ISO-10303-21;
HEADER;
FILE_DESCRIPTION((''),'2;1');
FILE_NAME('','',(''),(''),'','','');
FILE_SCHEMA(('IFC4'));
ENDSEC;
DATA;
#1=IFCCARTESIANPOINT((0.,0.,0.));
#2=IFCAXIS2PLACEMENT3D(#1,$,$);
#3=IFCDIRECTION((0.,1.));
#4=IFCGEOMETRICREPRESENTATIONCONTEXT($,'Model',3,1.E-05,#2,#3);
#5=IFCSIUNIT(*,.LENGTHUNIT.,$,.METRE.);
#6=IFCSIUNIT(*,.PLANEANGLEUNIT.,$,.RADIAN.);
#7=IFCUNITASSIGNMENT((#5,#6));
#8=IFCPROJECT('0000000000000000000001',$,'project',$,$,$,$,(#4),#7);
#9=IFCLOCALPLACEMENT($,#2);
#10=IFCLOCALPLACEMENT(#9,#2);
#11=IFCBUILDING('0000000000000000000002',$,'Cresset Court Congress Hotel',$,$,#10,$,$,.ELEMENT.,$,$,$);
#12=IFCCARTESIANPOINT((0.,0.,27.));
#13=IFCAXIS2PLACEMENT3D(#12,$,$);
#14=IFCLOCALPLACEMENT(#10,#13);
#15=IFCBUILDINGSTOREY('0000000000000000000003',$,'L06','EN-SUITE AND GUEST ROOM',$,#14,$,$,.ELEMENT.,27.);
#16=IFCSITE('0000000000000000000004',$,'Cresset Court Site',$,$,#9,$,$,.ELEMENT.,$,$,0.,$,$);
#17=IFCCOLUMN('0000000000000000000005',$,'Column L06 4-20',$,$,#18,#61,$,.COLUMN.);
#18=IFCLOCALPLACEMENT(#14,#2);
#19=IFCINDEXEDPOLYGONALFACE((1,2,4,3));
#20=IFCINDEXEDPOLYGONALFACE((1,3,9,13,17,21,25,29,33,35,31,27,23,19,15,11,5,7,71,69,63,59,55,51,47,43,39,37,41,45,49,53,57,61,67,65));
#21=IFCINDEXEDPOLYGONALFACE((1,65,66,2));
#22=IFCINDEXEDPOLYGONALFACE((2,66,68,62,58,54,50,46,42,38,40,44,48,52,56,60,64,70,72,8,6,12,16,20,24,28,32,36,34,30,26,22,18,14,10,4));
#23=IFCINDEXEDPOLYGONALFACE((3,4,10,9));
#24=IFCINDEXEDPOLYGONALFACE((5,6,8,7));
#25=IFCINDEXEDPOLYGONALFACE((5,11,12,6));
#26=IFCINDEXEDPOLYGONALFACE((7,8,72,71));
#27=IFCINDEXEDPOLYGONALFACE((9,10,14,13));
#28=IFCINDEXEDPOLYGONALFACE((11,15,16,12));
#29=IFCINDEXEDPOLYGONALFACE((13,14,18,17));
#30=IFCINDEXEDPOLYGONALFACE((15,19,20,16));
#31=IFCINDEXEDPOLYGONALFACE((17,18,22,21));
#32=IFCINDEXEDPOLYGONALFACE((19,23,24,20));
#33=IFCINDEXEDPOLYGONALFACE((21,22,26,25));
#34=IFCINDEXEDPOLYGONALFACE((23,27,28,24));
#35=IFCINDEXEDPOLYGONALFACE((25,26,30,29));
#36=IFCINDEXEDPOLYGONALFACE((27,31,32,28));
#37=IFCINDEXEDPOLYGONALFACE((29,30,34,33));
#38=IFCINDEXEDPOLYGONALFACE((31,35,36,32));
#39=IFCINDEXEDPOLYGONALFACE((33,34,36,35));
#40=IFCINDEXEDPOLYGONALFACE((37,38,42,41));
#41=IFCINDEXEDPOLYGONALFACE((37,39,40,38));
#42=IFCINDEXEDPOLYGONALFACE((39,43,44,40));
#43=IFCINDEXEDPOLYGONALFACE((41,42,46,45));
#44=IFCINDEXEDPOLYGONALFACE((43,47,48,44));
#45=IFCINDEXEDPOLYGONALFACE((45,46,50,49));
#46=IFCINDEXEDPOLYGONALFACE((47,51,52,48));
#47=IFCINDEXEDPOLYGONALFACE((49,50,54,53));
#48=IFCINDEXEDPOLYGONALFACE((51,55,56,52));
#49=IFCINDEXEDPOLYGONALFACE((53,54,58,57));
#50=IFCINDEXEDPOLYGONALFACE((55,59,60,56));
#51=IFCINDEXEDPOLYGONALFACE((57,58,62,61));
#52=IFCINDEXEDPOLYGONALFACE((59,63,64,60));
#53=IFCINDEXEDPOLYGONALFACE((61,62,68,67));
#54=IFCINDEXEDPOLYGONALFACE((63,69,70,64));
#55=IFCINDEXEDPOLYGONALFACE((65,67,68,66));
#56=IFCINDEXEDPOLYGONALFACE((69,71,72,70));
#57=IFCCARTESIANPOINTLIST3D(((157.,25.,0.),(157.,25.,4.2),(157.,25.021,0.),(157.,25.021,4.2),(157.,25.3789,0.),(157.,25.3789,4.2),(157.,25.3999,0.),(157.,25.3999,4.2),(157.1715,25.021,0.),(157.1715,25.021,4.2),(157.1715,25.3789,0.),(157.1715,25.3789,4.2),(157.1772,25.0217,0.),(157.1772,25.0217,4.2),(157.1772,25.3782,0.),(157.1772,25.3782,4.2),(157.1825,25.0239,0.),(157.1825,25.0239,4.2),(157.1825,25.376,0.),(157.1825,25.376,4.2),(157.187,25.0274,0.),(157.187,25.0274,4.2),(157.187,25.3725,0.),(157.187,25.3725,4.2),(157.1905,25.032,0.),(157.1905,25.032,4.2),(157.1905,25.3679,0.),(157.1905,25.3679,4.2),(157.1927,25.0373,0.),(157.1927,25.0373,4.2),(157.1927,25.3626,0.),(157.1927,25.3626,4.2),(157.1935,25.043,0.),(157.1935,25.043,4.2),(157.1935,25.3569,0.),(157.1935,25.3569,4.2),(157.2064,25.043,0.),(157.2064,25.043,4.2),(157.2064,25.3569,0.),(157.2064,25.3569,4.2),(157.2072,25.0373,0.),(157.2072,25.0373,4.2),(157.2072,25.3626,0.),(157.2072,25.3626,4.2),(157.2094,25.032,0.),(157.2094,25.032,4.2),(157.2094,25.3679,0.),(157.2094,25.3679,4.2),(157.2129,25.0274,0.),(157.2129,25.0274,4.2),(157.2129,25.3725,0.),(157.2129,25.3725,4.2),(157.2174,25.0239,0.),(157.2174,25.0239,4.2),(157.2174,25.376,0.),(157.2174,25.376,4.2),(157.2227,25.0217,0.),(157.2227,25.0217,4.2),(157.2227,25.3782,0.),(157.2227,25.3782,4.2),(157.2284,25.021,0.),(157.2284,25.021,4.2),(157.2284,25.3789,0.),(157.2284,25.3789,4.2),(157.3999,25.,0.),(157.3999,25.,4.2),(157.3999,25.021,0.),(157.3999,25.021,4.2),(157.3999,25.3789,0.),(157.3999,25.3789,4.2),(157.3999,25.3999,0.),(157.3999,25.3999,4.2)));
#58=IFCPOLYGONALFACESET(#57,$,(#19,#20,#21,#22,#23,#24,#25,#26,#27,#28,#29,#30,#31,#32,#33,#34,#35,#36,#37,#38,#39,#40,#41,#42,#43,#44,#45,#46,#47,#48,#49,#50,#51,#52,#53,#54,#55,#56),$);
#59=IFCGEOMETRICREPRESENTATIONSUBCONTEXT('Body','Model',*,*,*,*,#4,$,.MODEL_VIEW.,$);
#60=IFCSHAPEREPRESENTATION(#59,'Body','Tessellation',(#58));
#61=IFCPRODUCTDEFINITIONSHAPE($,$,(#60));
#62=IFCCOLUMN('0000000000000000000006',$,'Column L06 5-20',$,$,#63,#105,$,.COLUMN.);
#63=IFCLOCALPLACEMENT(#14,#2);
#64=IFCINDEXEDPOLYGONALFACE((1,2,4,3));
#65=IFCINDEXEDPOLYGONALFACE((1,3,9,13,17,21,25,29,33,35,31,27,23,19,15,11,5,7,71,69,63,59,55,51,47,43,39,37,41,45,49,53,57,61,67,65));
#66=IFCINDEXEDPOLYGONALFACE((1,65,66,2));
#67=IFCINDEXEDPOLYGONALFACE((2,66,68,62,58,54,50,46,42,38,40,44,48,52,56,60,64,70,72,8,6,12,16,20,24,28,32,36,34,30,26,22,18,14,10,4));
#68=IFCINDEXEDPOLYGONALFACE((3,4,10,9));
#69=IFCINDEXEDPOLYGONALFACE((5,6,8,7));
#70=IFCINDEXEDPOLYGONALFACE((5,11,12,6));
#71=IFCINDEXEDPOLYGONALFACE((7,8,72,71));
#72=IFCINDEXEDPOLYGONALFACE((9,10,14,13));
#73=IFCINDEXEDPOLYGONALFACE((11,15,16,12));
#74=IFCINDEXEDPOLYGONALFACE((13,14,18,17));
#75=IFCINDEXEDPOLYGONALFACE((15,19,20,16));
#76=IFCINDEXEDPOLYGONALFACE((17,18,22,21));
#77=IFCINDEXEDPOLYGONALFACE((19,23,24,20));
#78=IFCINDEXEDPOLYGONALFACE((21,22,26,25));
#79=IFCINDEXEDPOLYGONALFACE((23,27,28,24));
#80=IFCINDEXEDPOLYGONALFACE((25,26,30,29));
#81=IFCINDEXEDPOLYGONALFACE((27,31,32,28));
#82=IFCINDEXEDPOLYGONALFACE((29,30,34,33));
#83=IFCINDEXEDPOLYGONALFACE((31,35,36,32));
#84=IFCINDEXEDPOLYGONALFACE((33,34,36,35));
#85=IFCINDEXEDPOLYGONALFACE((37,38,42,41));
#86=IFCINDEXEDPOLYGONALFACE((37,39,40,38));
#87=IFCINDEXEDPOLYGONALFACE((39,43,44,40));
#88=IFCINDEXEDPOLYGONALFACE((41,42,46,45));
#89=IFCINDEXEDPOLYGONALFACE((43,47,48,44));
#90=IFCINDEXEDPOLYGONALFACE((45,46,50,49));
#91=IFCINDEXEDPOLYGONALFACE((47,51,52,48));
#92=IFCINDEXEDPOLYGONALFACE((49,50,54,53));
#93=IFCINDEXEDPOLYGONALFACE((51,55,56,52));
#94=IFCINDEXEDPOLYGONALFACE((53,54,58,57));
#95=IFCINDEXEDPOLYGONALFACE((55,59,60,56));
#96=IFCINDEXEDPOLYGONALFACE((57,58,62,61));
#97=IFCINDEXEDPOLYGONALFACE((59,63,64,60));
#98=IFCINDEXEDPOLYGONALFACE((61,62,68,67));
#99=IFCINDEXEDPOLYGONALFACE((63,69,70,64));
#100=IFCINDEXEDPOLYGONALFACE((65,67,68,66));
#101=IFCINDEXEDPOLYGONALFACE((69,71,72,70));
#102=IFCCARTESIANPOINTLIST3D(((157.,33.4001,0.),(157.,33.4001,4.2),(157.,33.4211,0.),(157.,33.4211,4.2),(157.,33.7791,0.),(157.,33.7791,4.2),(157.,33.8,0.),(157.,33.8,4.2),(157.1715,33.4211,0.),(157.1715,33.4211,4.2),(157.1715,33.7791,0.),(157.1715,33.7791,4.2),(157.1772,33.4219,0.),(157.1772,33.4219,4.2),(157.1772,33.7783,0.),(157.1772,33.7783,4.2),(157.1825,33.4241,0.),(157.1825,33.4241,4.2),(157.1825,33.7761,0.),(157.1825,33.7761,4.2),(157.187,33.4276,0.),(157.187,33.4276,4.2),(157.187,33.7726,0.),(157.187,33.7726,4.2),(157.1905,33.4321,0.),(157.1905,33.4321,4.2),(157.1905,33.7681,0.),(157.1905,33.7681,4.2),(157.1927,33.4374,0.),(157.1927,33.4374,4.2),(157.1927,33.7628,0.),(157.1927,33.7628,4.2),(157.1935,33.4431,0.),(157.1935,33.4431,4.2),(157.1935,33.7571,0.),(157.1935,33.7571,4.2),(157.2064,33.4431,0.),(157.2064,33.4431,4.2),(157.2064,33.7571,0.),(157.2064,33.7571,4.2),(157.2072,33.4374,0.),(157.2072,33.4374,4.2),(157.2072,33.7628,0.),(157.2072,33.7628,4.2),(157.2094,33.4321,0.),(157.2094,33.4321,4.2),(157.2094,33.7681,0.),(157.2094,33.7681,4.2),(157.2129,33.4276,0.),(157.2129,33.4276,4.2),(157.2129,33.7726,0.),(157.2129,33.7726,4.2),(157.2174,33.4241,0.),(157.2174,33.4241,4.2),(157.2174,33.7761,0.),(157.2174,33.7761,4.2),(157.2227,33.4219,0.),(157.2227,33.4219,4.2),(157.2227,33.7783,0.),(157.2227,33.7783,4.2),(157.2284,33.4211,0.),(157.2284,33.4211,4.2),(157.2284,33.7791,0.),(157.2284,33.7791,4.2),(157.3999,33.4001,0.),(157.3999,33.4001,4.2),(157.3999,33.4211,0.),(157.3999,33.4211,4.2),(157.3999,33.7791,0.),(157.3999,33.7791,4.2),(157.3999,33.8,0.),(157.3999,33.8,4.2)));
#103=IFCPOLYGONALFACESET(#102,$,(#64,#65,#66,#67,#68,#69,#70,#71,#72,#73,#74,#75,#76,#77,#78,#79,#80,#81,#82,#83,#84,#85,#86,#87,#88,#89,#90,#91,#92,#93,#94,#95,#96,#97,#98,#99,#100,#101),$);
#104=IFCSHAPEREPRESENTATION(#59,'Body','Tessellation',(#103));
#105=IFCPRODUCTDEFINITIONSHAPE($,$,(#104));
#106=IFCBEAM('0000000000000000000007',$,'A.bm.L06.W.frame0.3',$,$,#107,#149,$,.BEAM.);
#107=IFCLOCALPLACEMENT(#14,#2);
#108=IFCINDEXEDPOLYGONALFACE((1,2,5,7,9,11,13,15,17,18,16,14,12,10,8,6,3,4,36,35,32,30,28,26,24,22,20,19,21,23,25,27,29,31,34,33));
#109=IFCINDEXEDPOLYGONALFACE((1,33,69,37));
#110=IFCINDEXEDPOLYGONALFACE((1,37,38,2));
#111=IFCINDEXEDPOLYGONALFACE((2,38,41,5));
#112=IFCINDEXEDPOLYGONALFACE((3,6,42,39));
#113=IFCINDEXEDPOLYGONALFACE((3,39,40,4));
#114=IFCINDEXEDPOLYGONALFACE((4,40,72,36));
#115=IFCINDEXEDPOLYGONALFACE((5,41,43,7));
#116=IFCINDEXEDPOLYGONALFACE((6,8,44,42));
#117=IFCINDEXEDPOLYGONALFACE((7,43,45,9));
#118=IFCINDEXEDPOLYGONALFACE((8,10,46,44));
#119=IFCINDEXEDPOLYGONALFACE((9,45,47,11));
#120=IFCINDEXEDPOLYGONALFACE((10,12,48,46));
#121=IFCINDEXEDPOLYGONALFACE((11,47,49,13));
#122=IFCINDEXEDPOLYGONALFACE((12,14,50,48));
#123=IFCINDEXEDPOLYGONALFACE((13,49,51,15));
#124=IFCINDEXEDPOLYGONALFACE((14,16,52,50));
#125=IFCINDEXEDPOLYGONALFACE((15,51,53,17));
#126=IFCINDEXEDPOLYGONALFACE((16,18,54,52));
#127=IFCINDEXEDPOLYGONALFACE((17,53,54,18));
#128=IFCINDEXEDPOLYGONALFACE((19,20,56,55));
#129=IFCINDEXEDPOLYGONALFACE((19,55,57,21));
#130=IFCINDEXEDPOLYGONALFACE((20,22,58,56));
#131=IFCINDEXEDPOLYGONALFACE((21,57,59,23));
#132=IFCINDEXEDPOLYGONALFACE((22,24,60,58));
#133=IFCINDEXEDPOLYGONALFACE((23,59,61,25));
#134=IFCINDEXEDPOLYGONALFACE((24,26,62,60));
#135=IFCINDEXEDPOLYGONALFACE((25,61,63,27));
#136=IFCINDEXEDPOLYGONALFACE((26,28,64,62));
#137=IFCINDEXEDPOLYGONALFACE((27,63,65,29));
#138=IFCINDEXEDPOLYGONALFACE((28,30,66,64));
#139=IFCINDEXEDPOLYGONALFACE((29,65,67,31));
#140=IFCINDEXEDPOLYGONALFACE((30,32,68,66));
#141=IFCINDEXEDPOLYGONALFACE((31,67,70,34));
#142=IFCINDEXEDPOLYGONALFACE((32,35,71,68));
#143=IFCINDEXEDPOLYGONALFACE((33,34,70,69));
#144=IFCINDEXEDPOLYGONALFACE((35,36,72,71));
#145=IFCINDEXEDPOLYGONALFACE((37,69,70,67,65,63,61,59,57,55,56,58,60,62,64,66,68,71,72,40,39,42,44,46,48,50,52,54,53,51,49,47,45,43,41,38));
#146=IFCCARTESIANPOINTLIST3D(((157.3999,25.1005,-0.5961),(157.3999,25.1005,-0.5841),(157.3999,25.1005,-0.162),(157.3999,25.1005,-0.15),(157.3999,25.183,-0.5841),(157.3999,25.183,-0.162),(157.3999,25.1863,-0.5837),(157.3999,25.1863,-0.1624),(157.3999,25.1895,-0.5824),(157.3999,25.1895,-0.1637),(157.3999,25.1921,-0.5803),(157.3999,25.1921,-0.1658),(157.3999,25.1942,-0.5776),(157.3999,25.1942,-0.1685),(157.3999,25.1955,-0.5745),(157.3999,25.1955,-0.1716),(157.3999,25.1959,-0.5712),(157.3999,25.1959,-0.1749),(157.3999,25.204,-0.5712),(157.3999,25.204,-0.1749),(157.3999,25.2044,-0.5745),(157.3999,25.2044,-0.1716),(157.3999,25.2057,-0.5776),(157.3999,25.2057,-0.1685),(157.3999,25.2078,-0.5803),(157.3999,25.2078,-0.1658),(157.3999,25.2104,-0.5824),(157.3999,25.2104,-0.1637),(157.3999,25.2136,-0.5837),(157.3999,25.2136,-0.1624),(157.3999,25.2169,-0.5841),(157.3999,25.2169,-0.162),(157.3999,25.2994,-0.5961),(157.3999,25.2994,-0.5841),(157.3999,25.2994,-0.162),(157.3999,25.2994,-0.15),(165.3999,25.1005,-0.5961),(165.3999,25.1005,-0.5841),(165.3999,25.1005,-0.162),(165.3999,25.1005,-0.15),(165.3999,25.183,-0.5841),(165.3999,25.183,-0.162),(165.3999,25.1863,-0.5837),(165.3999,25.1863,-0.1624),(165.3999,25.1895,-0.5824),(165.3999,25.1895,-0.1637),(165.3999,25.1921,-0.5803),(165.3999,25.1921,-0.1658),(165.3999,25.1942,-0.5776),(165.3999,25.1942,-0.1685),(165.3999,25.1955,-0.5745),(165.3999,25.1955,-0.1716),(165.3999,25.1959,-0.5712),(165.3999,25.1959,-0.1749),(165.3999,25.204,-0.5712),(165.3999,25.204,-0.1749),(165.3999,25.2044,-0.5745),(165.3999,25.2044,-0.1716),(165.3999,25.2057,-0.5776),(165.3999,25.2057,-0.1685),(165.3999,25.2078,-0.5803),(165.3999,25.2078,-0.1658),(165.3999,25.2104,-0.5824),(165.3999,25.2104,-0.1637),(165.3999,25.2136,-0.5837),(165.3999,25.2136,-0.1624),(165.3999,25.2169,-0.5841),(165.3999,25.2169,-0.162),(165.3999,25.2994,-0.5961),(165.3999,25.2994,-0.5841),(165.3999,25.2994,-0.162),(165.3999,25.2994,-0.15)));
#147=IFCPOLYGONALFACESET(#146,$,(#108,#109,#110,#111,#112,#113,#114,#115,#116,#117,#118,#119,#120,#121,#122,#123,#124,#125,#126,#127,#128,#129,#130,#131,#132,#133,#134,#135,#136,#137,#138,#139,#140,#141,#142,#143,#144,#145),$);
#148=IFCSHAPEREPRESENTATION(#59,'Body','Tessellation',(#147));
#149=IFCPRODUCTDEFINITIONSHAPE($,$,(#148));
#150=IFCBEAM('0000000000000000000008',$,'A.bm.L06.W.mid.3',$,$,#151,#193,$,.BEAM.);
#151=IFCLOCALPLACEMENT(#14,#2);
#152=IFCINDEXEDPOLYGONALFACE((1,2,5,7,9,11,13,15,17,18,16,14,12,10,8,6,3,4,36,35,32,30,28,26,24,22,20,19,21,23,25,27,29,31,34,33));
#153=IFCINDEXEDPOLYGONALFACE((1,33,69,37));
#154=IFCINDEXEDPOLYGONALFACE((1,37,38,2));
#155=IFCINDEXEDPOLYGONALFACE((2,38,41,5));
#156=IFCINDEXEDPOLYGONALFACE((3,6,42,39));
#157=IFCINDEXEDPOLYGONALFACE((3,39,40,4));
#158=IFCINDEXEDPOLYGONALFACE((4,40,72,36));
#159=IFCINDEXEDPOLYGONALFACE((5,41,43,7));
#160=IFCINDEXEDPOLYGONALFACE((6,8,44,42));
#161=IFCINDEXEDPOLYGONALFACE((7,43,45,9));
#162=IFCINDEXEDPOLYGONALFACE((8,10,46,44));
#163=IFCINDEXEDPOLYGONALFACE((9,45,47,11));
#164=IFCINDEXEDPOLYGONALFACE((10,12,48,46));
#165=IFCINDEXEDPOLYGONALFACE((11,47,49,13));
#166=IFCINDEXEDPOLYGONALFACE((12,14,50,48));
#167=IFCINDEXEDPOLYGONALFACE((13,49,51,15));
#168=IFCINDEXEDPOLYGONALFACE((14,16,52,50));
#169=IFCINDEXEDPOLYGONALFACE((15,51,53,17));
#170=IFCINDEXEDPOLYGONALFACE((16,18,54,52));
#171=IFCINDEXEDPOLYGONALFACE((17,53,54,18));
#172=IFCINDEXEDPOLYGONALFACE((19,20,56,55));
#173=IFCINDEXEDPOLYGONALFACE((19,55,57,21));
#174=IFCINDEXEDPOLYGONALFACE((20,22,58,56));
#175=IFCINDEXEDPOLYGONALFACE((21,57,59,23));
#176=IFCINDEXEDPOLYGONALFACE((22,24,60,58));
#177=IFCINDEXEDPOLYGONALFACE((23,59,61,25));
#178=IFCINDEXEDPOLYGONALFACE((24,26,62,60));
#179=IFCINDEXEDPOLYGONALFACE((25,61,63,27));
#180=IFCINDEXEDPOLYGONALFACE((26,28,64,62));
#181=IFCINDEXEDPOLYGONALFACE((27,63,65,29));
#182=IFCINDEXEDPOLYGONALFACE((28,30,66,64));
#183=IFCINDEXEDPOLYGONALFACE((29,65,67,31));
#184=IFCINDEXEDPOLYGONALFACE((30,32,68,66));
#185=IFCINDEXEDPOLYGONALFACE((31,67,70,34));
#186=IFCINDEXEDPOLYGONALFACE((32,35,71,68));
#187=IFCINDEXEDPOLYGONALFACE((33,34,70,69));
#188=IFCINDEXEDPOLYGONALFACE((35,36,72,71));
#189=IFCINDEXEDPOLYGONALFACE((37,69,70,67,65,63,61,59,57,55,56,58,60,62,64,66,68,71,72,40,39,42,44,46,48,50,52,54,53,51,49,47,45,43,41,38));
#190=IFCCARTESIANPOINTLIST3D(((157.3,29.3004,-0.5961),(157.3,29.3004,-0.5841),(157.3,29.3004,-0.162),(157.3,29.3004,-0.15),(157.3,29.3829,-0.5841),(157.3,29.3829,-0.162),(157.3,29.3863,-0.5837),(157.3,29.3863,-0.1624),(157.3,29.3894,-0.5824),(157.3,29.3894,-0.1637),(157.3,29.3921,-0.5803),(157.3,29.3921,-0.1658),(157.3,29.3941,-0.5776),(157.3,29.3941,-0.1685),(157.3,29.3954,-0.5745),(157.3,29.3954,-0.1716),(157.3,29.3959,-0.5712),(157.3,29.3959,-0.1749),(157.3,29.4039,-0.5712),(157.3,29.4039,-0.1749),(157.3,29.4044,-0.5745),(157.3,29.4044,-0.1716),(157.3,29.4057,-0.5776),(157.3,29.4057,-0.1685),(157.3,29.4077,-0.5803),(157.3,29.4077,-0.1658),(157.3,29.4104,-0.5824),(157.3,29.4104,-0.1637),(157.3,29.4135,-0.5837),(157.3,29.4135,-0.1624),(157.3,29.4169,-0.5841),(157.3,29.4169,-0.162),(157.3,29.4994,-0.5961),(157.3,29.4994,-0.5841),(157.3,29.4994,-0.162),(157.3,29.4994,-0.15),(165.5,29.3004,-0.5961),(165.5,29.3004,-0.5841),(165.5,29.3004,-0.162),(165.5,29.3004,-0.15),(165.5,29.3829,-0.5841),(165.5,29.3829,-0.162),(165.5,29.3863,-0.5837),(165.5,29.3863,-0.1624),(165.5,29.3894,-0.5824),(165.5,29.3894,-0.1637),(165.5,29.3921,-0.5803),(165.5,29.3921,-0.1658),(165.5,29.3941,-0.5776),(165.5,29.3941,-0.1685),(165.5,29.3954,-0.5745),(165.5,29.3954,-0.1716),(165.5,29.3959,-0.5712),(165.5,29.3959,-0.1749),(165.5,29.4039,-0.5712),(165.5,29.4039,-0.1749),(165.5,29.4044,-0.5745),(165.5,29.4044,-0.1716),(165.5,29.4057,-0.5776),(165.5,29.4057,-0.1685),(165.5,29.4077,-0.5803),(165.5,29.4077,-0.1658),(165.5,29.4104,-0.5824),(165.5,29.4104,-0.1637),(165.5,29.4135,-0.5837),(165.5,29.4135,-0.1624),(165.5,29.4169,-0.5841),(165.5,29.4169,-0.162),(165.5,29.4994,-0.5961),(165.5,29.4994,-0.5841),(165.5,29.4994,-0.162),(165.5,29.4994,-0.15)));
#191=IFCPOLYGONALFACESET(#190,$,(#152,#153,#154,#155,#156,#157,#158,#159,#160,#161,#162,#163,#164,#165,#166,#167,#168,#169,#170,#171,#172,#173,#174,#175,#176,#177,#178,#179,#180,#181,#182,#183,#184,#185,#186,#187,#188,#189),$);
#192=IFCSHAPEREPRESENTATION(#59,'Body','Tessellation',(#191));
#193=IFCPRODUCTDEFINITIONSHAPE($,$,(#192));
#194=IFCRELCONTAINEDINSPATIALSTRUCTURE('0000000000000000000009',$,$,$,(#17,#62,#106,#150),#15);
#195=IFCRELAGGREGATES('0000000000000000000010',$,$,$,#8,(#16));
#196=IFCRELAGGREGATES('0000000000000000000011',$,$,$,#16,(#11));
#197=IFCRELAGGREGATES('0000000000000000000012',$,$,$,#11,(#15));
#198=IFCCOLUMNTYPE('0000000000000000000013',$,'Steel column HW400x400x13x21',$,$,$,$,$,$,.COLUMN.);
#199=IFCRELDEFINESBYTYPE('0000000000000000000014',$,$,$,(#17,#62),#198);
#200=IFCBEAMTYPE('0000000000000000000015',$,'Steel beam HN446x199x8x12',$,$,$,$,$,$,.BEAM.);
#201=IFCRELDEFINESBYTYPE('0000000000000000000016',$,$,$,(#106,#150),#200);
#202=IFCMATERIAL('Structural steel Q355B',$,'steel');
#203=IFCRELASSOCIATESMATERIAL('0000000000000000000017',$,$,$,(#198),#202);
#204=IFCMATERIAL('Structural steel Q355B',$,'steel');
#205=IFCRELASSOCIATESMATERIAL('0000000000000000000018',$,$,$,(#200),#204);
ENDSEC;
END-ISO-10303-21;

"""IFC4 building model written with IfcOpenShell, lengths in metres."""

from ifc_helpers import new_model, si_unit, direction, frame, origin, origin_2d, place, context, subcontext, project, spatial, i_section, extrude, material, material_profile, profile_set, type_object, element, save


model = new_model("IFC4")

# Units and contexts
model_context = context("Model", 3, precision=1e-05, world=origin(), true_north=direction((0.0, 1.0)))
body_context = subcontext(model_context, "Body", "Model", "MODEL_VIEW")
ifc_project = project(units=[si_unit("LENGTHUNIT", "METRE"), si_unit("PLANEANGLEUNIT", "RADIAN")], contexts=[model_context])

# Site, building, storey
site_placement = place(None, origin())
site = spatial("IfcSite", under=ifc_project, at=site_placement, Name="Cresset Court Site", CompositionType="ELEMENT", RefElevation=0.0)
building_placement = place(site_placement, origin())
building = spatial("IfcBuilding", under=site, at=building_placement, Name="Cresset Court Congress Hotel", CompositionType="ELEMENT")
storey_placement = place(building_placement, frame((0.0, 0.0, 27.0)))
storey = spatial("IfcBuildingStorey", under=building, at=storey_placement, Name="L06", Description="EN-SUITE AND GUEST ROOM", CompositionType="ELEMENT", Elevation=27.0)

# Columns
ifc_material_1 = material(Name="Structural steel Q355B", Category="steel")
ifc_material_profile_1 = material_profile(ifc_material_1, i_section(OverallWidth=0.3999, OverallDepth=0.3999, WebThickness=0.0129, FlangeThickness=0.021, FilletRadius=0.022, at=origin_2d()), Name="HW400x400x13x21")
ifc_profile_set_1 = profile_set([ifc_material_profile_1], Name="Structural steel Q355B")
column_type = type_object("IfcColumnType", Name="Steel column HW400x400x13x21", PredefinedType="COLUMN", material=ifc_profile_set_1)
for number, where, z_axis, x_axis, name in (
    (1, (157.2, 25.2, 0.0), (0.0, 0.0, 1.0), (1.0, 0.0, 0.0), "Column L06 4-20"),
    (2, (157.2, 33.6001, 0.0), (0.0, 0.0, 1.0), (1.0, 0.0, 0.0), "Column L06 5-20"),
):
    element("IfcColumn", number, at=place(storey_placement, frame(where, z_axis=z_axis, x_axis=x_axis)), inside=storey, type_object=column_type, Name=name, PredefinedType="COLUMN", context=body_context, shape_type="SweptSolid", body=[
        extrude(i_section(OverallWidth=0.3999, OverallDepth=0.3999, WebThickness=0.0129, FlangeThickness=0.021, FilletRadius=0.022, at=origin_2d()), origin(), (0.0, 0.0, 1.0), 4.2),
    ])

# Beams
ifc_material_2 = material(Name="Structural steel Q355B", Category="steel")
ifc_material_profile_2 = material_profile(ifc_material_2, i_section(OverallWidth=0.199, OverallDepth=0.446, WebThickness=0.0081, FlangeThickness=0.012, FilletRadius=0.0129, at=origin_2d()), Name="HN446x199x8x12")
ifc_profile_set_2 = profile_set([ifc_material_profile_2], Name="Structural steel Q355B")
beam_type_1 = type_object("IfcBeamType", Name="Steel beam HN446x199x8x12", PredefinedType="BEAM", material=ifc_profile_set_2)
beam_1_placement = place(storey_placement, frame((157.3999, 25.2, -0.373), z_axis=(1.0, 0.0, 0.0), x_axis=(0.0, 1.0, 0.0)))
element("IfcBeam", 3, at=beam_1_placement, inside=storey, type_object=beam_type_1, Name="A.bm.L06.W.frame0.3", PredefinedType="BEAM", context=body_context, shape_type="SweptSolid", body=[
    extrude(i_section(OverallWidth=0.199, OverallDepth=0.446, WebThickness=0.0081, FlangeThickness=0.012, FilletRadius=0.0129, at=origin_2d()), origin(), (0.0, 0.0, 1.0), 8.0),
])
beam_2_placement = place(storey_placement, frame((157.3, 29.3999, -0.373), z_axis=(1.0, 0.0, 0.0), x_axis=(0.0, 1.0, 0.0)))
element("IfcBeam", 4, at=beam_2_placement, inside=storey, type_object=beam_type_1, Name="A.bm.L06.W.mid.3", PredefinedType="BEAM", context=body_context, shape_type="SweptSolid", body=[
    extrude(i_section(OverallWidth=0.199, OverallDepth=0.446, WebThickness=0.0081, FlangeThickness=0.012, FilletRadius=0.0129, at=origin_2d()), origin(), (0.0, 0.0, 1.0), 8.2),
])

save(model, "model.ifc")
